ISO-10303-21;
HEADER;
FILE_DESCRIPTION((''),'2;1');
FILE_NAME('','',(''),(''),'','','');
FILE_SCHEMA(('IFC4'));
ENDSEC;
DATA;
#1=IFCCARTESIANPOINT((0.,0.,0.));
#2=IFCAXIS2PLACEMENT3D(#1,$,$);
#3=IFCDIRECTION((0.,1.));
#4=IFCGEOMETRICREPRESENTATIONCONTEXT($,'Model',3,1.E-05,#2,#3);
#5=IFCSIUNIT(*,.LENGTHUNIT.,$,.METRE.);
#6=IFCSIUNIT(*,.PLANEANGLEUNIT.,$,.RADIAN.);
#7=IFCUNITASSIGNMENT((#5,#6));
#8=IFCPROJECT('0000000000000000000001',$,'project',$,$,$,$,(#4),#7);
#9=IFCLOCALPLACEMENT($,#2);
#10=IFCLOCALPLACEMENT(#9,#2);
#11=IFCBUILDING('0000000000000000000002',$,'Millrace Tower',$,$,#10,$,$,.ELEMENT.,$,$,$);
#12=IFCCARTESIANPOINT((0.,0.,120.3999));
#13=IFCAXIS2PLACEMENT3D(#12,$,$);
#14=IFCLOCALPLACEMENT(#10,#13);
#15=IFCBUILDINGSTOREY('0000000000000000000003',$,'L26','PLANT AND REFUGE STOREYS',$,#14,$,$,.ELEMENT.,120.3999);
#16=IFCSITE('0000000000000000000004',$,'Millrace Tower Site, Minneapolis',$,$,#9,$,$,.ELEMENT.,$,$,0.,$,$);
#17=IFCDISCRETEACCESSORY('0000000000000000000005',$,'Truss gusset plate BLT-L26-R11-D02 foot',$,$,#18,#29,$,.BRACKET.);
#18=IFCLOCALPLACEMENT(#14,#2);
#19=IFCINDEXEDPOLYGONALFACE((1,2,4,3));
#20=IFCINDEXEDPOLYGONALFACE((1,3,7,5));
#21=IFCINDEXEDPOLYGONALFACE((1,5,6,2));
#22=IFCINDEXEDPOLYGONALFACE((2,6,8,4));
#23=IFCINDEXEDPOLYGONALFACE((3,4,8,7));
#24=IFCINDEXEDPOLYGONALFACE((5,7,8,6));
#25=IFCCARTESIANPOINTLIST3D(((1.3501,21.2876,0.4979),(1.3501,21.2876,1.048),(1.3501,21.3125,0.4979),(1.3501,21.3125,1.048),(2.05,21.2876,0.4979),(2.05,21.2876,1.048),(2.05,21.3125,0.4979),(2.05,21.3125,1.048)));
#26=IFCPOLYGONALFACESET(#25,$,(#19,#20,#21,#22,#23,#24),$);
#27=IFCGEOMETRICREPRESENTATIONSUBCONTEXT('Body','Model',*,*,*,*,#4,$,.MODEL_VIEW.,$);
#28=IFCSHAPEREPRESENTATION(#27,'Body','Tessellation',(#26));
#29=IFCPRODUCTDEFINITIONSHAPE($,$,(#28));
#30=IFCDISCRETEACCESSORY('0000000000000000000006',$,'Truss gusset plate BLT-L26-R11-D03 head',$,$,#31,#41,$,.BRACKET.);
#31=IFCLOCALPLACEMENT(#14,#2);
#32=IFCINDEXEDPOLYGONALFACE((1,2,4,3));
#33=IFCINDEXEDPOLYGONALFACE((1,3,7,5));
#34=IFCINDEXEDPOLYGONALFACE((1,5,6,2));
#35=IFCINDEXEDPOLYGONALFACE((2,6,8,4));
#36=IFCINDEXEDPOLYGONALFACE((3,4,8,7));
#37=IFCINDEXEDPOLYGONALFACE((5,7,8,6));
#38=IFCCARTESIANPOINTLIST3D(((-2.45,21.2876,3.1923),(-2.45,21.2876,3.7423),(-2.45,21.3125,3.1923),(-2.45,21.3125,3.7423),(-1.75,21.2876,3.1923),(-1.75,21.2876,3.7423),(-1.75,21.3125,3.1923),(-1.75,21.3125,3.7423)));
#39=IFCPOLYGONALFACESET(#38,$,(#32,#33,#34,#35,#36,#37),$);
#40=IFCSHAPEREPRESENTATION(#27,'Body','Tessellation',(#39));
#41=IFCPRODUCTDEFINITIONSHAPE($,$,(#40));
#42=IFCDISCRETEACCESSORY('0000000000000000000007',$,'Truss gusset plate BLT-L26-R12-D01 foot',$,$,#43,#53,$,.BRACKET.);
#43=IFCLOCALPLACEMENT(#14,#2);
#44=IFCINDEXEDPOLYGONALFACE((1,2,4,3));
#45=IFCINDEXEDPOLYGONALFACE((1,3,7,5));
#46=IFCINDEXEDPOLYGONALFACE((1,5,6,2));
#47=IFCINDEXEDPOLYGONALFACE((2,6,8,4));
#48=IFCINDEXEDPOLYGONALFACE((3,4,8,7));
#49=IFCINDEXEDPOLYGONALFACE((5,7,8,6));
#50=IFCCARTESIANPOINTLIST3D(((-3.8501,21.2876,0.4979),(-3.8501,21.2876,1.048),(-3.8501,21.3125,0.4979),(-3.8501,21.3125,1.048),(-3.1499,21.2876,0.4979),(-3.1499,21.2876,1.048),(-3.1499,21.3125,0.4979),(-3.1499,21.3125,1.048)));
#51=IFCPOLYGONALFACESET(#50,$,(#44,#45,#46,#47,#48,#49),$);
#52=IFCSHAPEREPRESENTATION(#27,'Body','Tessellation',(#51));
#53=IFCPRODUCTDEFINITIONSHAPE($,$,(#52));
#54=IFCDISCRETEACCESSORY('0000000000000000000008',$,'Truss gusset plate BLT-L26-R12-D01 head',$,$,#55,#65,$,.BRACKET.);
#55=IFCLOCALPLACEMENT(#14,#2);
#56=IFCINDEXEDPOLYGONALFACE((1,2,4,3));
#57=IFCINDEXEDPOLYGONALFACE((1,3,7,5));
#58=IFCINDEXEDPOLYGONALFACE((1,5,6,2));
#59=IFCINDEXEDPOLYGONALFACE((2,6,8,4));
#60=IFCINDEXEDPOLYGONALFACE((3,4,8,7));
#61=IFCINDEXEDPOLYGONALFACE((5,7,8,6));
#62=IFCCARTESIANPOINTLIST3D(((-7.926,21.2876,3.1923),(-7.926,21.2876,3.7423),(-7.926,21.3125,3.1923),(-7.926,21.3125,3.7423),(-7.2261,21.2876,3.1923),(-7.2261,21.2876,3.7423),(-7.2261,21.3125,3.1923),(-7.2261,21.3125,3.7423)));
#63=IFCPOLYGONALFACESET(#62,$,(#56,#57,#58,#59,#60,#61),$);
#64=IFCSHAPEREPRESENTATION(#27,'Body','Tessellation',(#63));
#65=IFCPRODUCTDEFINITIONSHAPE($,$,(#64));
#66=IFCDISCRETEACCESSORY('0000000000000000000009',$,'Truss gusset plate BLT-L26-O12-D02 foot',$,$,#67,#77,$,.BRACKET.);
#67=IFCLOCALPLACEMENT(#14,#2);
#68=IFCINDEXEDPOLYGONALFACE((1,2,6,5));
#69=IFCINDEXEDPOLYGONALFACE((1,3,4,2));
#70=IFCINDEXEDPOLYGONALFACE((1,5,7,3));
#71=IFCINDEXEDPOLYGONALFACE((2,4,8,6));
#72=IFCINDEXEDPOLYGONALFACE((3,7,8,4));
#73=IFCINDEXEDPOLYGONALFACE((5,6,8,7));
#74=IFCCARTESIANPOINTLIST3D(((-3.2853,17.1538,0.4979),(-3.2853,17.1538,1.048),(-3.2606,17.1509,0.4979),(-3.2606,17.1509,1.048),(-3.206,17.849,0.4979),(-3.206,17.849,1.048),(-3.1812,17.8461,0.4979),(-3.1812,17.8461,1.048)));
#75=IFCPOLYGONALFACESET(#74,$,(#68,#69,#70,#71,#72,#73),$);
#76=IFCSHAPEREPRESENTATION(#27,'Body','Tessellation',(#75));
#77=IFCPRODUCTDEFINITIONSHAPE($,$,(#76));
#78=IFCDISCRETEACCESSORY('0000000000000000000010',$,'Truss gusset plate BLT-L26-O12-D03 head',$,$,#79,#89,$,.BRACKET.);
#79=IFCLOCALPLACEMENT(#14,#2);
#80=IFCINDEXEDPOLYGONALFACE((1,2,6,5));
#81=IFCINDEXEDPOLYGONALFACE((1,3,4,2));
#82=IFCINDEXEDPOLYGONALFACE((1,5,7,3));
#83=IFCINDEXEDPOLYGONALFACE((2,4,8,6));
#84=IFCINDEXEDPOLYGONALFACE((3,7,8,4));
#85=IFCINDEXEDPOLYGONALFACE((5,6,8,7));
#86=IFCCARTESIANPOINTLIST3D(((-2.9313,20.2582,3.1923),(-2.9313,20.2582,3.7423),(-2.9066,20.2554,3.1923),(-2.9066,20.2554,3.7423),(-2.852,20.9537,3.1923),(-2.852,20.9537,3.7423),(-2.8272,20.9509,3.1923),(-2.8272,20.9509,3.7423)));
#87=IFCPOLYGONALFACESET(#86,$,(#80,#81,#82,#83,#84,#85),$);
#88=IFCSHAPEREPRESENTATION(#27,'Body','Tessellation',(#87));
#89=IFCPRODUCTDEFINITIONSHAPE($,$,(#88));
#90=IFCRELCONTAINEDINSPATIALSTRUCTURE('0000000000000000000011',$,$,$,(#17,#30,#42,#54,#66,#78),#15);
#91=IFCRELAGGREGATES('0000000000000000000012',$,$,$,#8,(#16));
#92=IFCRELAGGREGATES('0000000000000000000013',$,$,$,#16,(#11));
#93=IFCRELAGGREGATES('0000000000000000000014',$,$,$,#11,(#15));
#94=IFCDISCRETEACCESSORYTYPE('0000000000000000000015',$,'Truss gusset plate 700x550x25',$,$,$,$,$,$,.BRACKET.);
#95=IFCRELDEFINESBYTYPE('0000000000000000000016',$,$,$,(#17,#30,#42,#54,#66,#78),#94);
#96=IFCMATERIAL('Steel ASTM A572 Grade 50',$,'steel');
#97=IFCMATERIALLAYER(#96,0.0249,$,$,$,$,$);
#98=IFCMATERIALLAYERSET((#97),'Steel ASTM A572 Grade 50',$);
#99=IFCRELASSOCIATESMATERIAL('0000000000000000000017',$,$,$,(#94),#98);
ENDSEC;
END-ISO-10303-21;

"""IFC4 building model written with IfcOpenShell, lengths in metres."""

from ifc_helpers import new_model, si_unit, direction, frame, origin, origin_2d, place, context, subcontext, project, spatial, rectangle, extrude, material, layer, layer_set, type_object, element, save


model = new_model("IFC4")

# Units and contexts
model_context = context("Model", 3, precision=1e-05, world=origin(), true_north=direction((0.0, 1.0)))
body_context = subcontext(model_context, "Body", "Model", "MODEL_VIEW")
ifc_project = project(units=[si_unit("LENGTHUNIT", "METRE"), si_unit("PLANEANGLEUNIT", "RADIAN")], contexts=[model_context])

# Site, building, storey
site_placement = place(None, origin())
site = spatial("IfcSite", under=ifc_project, at=site_placement, Name="Millrace Tower Site, Minneapolis", CompositionType="ELEMENT", RefElevation=0.0)
building_placement = place(site_placement, origin())
building = spatial("IfcBuilding", under=site, at=building_placement, Name="Millrace Tower", CompositionType="ELEMENT")
storey_placement = place(building_placement, frame((0.0, 0.0, 120.3999)))
storey = spatial("IfcBuildingStorey", under=building, at=storey_placement, Name="L26", Description="PLANT AND REFUGE STOREYS", CompositionType="ELEMENT", Elevation=120.3999)

# Discrete accessories
ifc_material_1 = material(Name="Steel ASTM A572 Grade 50", Category="steel")
ifc_layer_1 = layer(ifc_material_1, 0.0249)
ifc_layer_set_1 = layer_set([ifc_layer_1], Name="Steel ASTM A572 Grade 50")
discrete_accessory_type = type_object("IfcDiscreteAccessoryType", Name="Truss gusset plate 700x550x25", PredefinedType="BRACKET", material=ifc_layer_set_1)
for number, where, z_axis, x_axis, name in (
    (1, (1.3501, 21.3, 0.7729), (1.0, 0.0, 0.0), (0.0, 1.0, 0.0), "Truss gusset plate BLT-L26-R11-D02 foot"),
    (2, (-2.45, 21.3, 3.4673), (1.0, 0.0, 0.0), (0.0, 1.0, 0.0), "Truss gusset plate BLT-L26-R11-D03 head"),
):
    element("IfcDiscreteAccessory", number, at=place(storey_placement, frame(where, z_axis=z_axis, x_axis=x_axis)), inside=storey, type_object=discrete_accessory_type, Name=name, PredefinedType="BRACKET", context=body_context, shape_type="SweptSolid", body=[
        extrude(rectangle(XDim=0.0249, YDim=0.55, at=origin_2d()), origin(), (0.0, 0.0, 1.0), 0.7),
    ])
discrete_accessory_1_placement = place(storey_placement, frame((-3.8501, 21.3, 0.7729), z_axis=(1.0, 0.0, 0.0), x_axis=(0.0, 1.0, 0.0)))
element("IfcDiscreteAccessory", 3, at=discrete_accessory_1_placement, inside=storey, type_object=discrete_accessory_type, Name="Truss gusset plate BLT-L26-R12-D01 foot", PredefinedType="BRACKET", context=body_context, shape_type="SweptSolid", body=[
    extrude(rectangle(XDim=0.0249, YDim=0.55, at=origin_2d()), origin(), (0.0, 0.0, 1.0), 0.7002),
])
discrete_accessory_2_placement = place(storey_placement, frame((-7.926, 21.3, 3.4673), z_axis=(1.0, 0.0, 0.0), x_axis=(0.0, 1.0, 0.0)))
element("IfcDiscreteAccessory", 4, at=discrete_accessory_2_placement, inside=storey, type_object=discrete_accessory_type, Name="Truss gusset plate BLT-L26-R12-D01 head", PredefinedType="BRACKET", context=body_context, shape_type="SweptSolid", body=[
    extrude(rectangle(XDim=0.0249, YDim=0.55, at=origin_2d()), origin(), (0.0, 0.0, 1.0), 0.7),
])
discrete_accessory_3_placement = place(storey_placement, frame((-3.2729, 17.1523, 0.7729), z_axis=(0.113379, 0.993552, 0.0), x_axis=(-0.993552, 0.113379, 0.0)))
element("IfcDiscreteAccessory", 5, at=discrete_accessory_3_placement, inside=storey, type_object=discrete_accessory_type, Name="Truss gusset plate BLT-L26-O12-D02 foot", PredefinedType="BRACKET", context=body_context, shape_type="SweptSolid", body=[
    extrude(rectangle(XDim=0.0249, YDim=0.55, at=origin_2d()), origin(), (0.0, 0.0, 1.0), 0.6997),
])
discrete_accessory_4_placement = place(storey_placement, frame((-2.9189, 20.2568, 3.4673), z_axis=(0.11334, 0.993556, 0.0), x_axis=(-0.993556, 0.11334, 0.0)))
element("IfcDiscreteAccessory", 6, at=discrete_accessory_4_placement, inside=storey, type_object=discrete_accessory_type, Name="Truss gusset plate BLT-L26-O12-D03 head", PredefinedType="BRACKET", context=body_context, shape_type="SweptSolid", body=[
    extrude(rectangle(XDim=0.0249, YDim=0.55, at=origin_2d()), origin(), (0.0, 0.0, 1.0), 0.7),
])

save(model, "model.ifc")
